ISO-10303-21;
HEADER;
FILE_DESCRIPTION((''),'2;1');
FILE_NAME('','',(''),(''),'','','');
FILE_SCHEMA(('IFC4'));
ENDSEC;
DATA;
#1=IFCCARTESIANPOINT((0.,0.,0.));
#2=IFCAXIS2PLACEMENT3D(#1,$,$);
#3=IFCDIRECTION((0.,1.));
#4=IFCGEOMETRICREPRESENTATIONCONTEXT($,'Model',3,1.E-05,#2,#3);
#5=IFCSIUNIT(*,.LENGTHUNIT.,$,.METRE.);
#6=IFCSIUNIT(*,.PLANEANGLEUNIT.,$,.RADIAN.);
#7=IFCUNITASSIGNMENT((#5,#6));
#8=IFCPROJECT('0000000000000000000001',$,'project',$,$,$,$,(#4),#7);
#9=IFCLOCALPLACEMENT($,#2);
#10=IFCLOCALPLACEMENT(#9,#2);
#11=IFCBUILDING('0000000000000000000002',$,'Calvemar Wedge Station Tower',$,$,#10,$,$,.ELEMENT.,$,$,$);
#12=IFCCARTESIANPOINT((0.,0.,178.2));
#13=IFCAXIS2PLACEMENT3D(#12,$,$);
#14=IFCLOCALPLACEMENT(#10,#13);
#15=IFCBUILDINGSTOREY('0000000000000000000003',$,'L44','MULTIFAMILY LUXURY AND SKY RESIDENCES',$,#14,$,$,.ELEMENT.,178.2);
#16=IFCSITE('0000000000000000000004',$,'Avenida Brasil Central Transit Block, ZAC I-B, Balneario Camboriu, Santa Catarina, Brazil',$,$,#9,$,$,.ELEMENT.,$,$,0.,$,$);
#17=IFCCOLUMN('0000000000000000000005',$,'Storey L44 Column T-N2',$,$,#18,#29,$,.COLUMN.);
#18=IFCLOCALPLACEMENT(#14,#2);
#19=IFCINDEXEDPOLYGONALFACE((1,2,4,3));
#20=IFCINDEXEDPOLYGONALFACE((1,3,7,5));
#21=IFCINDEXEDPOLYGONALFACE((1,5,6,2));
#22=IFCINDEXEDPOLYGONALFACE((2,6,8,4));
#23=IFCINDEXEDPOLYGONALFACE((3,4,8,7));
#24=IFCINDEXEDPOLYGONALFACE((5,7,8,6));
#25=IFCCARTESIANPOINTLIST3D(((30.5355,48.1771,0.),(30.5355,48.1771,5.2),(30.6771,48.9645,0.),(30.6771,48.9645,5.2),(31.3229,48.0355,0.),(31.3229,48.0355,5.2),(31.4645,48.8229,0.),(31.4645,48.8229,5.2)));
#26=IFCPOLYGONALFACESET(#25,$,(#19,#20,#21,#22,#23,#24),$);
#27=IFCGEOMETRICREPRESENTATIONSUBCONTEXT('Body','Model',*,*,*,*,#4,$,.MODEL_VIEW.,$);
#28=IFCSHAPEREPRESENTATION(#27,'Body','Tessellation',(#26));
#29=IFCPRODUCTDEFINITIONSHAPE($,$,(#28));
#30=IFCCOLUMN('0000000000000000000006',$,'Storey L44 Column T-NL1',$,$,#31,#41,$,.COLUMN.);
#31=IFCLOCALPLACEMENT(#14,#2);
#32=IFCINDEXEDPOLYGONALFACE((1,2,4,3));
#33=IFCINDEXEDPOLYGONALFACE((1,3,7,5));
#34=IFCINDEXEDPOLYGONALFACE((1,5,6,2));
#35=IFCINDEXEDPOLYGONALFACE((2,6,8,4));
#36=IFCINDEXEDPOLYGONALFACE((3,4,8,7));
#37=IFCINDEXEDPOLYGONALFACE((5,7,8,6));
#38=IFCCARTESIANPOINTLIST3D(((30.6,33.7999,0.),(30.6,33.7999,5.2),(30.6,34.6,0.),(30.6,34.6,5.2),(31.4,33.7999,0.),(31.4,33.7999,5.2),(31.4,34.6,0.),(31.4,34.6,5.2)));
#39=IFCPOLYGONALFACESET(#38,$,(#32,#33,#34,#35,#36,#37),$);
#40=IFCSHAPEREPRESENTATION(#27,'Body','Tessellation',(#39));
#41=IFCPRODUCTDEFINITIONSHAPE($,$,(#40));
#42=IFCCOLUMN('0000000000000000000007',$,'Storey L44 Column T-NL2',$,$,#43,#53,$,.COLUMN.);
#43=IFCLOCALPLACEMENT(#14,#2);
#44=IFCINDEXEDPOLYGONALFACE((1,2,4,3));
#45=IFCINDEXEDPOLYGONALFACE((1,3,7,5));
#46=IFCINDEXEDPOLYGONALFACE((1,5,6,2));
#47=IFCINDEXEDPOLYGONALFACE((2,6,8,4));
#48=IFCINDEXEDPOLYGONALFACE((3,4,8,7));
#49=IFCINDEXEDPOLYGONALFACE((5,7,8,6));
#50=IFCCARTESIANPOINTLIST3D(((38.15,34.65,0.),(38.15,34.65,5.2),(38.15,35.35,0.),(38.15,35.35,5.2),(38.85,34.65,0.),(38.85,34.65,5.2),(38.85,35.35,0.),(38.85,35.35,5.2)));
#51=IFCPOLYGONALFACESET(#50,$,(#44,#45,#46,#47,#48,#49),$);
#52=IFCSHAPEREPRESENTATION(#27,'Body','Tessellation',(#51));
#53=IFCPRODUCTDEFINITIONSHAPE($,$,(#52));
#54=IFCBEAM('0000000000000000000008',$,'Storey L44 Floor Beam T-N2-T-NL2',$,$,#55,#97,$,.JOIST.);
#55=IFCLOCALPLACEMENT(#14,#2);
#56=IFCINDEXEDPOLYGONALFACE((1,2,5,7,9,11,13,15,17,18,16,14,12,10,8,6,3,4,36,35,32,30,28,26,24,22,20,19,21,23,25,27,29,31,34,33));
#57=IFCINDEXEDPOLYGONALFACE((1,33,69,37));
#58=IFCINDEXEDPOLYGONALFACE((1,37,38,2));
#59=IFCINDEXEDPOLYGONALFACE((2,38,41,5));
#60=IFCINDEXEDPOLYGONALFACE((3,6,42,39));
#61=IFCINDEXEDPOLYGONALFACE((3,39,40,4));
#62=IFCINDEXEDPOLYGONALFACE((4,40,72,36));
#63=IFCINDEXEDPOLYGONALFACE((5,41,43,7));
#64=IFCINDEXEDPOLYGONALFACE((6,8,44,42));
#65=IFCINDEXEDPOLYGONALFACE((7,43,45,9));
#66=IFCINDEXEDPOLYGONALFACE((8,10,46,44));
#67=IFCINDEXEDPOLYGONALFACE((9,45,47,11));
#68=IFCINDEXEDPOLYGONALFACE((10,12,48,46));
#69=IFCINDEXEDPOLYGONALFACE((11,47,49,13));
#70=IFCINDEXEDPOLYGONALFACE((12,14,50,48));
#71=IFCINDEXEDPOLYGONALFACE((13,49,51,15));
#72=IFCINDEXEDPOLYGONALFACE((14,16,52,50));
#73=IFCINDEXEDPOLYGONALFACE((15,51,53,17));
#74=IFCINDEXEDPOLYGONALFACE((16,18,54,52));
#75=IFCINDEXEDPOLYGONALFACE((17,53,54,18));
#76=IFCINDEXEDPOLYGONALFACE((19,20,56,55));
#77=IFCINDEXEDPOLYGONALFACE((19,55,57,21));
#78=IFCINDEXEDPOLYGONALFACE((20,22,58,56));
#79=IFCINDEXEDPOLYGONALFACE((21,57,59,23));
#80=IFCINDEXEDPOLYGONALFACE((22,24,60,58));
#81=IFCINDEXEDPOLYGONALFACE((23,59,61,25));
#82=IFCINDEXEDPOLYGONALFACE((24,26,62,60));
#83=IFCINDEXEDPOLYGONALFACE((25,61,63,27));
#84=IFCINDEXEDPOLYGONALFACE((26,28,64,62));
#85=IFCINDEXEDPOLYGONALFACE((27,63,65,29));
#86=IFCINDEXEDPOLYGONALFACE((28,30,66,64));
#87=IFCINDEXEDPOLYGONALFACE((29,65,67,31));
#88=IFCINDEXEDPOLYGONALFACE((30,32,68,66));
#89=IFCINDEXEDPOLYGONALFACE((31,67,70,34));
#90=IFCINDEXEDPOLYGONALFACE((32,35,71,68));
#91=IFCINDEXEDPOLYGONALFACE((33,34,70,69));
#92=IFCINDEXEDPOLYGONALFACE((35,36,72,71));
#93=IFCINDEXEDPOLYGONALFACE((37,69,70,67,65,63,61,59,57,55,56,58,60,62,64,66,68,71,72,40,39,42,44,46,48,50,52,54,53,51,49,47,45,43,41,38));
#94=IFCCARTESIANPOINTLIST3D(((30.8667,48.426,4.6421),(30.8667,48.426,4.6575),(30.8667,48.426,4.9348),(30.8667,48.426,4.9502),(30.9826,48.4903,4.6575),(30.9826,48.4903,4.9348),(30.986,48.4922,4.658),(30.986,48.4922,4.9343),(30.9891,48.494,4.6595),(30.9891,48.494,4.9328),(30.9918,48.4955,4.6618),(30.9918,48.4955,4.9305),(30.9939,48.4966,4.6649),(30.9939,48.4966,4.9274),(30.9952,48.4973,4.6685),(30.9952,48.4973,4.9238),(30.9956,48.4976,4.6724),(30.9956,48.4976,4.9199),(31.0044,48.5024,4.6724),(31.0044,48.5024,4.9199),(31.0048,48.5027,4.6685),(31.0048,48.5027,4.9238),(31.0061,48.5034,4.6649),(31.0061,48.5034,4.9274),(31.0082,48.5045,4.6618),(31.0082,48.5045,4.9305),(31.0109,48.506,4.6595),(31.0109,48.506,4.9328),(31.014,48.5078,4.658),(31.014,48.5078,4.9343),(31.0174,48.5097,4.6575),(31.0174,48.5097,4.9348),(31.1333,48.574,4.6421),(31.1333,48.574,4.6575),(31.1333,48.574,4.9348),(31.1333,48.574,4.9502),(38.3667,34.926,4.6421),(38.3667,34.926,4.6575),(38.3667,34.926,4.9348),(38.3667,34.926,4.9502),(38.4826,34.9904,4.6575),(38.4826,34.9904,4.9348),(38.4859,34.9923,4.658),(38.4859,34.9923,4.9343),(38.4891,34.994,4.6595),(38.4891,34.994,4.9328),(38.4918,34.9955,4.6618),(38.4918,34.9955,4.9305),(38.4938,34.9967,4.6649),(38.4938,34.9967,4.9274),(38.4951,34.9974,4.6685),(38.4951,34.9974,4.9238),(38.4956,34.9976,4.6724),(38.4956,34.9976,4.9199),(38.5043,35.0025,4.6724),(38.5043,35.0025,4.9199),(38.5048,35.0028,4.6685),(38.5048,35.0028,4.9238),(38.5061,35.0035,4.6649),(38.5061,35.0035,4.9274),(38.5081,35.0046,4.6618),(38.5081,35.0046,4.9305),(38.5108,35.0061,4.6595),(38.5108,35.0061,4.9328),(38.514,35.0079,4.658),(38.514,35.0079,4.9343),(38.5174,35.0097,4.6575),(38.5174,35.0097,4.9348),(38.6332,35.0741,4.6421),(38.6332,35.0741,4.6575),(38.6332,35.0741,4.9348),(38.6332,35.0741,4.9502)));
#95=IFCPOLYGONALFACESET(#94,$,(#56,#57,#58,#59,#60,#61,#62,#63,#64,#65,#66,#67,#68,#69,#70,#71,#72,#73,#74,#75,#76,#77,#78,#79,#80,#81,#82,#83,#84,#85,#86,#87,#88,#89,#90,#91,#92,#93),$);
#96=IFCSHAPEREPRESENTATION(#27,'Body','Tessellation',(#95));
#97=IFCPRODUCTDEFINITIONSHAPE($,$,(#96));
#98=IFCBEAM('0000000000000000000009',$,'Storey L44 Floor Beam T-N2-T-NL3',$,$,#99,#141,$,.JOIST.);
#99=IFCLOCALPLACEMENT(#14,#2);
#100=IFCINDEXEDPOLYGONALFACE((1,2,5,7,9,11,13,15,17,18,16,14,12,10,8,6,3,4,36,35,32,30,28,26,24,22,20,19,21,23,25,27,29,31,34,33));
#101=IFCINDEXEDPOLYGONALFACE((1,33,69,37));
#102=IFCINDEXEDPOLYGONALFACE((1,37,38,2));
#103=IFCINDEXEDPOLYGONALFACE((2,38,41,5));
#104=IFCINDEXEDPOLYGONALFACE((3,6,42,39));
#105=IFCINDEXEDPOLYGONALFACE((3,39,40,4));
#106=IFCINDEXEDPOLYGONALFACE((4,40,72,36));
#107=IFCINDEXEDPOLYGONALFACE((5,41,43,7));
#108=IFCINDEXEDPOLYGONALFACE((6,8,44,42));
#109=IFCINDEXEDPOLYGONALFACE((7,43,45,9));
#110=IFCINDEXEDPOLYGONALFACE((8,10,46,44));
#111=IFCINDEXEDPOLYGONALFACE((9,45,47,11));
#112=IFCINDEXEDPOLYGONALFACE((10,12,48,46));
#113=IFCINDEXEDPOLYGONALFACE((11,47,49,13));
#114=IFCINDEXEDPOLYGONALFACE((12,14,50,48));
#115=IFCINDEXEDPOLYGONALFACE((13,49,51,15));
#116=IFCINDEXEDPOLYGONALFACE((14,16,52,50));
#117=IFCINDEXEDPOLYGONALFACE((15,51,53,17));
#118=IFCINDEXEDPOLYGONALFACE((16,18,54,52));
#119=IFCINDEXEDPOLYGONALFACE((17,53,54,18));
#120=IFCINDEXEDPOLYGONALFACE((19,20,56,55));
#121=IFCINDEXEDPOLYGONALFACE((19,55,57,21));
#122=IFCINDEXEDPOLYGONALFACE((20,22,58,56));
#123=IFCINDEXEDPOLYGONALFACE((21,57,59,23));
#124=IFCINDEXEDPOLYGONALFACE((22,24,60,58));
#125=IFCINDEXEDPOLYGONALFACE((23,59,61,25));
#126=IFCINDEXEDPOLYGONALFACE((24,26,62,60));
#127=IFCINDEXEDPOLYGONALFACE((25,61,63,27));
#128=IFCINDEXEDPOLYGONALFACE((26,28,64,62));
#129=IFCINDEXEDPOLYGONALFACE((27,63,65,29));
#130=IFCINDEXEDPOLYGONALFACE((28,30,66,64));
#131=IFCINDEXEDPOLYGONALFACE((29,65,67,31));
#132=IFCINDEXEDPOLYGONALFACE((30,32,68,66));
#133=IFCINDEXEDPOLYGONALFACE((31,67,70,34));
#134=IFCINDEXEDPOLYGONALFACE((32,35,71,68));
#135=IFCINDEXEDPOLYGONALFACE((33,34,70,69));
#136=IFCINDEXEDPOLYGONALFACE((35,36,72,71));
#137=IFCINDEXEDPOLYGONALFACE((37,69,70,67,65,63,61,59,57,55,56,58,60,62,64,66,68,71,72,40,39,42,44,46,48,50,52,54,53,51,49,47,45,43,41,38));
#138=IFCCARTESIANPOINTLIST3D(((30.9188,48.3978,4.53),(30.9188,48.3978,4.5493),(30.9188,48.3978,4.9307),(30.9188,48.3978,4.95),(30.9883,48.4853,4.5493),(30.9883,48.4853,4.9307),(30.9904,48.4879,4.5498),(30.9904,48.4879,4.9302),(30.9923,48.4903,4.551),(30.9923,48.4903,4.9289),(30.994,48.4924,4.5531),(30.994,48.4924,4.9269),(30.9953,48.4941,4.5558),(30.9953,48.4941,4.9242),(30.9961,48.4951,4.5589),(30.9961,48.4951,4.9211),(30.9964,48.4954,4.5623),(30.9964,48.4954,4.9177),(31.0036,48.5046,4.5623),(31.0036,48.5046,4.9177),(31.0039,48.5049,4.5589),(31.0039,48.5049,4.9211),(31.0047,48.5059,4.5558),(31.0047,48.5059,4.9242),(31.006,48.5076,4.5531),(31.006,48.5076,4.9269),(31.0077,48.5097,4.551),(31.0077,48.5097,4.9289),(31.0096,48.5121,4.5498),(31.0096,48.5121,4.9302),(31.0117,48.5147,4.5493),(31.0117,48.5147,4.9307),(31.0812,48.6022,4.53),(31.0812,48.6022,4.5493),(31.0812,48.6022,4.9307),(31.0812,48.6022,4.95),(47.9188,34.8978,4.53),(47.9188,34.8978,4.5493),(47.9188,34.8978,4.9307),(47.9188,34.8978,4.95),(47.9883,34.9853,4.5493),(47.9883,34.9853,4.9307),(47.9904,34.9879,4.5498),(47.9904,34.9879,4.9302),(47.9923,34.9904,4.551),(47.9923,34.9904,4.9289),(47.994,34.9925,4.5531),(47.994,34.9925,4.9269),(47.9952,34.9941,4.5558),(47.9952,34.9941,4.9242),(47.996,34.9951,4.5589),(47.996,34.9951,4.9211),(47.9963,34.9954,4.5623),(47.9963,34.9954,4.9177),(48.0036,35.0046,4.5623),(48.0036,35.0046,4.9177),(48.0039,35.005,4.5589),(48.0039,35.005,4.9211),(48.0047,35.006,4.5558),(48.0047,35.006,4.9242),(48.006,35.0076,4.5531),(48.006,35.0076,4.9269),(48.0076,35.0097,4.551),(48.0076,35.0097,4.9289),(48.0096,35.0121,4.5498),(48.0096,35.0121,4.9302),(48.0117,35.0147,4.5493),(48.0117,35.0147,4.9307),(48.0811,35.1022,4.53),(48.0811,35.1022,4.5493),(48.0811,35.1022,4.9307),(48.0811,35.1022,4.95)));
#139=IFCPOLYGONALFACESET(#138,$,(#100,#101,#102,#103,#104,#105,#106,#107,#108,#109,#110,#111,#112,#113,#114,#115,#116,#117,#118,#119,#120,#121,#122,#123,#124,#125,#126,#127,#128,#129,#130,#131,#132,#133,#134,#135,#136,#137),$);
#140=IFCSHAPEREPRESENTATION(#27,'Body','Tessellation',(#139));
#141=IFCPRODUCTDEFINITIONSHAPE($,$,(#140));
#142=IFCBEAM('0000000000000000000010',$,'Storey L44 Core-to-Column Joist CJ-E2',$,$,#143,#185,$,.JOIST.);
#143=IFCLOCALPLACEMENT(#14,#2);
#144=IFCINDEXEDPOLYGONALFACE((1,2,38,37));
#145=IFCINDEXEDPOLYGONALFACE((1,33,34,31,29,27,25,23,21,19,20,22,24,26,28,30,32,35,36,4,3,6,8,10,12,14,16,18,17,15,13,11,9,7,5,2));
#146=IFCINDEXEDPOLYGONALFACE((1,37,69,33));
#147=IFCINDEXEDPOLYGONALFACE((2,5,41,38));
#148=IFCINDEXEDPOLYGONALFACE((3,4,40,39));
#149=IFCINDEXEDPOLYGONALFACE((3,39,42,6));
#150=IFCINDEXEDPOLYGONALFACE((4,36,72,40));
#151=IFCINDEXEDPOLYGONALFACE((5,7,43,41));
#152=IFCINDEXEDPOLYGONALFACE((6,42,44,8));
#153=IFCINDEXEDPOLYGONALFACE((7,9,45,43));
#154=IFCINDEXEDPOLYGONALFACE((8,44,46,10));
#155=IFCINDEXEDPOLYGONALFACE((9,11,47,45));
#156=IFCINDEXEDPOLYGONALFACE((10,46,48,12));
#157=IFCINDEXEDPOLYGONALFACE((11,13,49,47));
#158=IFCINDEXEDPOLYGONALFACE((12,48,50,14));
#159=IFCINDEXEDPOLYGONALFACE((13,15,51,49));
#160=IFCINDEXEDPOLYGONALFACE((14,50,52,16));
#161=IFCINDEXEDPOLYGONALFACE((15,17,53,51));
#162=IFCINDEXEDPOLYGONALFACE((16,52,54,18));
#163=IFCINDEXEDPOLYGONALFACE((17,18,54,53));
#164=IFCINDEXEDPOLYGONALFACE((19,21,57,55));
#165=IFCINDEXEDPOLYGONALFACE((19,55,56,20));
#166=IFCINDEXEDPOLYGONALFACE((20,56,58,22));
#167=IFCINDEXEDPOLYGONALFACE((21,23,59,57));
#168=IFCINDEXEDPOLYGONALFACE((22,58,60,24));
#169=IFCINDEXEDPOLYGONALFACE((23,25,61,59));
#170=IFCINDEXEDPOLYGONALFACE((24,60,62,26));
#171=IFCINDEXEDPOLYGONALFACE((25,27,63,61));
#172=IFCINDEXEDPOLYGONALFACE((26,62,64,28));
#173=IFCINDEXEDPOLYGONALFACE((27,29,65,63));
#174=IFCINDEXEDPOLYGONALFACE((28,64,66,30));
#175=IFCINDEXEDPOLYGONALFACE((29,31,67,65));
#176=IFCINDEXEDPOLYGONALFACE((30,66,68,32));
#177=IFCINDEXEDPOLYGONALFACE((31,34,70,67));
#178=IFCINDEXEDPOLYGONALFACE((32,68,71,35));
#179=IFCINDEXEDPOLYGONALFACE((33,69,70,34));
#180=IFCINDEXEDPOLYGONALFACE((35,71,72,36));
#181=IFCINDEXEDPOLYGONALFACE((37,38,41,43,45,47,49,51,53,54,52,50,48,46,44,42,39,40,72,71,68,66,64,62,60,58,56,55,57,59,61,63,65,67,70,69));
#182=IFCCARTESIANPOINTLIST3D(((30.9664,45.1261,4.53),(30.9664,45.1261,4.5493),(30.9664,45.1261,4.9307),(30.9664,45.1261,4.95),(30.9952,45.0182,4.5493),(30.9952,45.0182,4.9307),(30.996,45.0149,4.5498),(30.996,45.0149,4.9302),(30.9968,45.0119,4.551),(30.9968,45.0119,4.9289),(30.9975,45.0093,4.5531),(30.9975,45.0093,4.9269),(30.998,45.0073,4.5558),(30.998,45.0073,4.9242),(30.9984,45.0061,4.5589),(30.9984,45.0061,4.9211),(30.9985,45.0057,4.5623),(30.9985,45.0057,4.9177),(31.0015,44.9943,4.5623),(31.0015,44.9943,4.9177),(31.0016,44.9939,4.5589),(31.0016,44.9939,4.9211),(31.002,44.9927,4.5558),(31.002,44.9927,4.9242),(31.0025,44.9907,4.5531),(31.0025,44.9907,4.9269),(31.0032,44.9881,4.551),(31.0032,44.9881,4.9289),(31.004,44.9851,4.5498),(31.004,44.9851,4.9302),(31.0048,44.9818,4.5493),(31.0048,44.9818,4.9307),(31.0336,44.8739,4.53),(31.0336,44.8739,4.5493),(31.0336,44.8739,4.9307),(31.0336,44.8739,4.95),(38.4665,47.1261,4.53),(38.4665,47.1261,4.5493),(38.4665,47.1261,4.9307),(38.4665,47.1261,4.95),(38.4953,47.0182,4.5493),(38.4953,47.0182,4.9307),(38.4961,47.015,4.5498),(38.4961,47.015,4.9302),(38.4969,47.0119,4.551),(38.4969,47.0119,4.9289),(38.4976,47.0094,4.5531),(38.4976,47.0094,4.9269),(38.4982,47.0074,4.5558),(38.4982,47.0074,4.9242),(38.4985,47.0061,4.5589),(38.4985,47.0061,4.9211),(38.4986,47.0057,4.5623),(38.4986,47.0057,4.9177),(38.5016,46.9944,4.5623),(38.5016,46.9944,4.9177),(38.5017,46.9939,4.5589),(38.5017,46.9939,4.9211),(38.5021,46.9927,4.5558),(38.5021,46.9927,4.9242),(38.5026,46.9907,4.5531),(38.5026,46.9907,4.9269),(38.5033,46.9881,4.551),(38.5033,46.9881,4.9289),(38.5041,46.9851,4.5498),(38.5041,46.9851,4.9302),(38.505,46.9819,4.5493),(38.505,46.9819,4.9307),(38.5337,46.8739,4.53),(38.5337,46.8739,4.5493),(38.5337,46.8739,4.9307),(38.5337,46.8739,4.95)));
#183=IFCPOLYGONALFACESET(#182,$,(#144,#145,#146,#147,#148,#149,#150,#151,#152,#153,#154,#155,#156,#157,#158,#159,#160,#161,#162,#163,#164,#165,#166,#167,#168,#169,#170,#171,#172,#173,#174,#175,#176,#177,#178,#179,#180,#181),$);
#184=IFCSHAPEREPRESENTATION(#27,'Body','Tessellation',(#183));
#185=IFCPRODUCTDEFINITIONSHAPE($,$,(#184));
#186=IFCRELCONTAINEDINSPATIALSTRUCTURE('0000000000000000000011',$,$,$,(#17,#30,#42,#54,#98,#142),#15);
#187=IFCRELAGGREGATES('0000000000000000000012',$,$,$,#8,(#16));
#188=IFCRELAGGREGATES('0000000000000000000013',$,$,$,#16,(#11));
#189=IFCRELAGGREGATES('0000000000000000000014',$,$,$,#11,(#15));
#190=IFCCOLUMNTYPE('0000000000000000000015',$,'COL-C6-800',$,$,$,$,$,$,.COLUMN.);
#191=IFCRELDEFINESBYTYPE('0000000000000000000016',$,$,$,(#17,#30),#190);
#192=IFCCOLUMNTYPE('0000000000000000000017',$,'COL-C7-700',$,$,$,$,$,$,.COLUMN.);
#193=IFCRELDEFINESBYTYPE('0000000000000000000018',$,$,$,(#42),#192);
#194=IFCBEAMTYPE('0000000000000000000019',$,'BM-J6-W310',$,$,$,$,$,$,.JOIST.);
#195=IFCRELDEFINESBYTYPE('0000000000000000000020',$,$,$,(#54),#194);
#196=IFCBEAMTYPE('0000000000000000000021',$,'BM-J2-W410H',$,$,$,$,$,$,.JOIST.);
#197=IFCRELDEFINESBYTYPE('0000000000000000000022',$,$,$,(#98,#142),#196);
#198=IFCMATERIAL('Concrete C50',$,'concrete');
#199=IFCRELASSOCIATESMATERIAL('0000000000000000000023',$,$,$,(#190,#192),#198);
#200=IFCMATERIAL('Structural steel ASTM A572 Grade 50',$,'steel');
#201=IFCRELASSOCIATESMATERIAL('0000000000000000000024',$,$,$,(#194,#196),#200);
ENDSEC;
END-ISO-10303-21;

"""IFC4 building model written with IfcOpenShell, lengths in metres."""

from ifc_helpers import new_model, si_unit, direction, frame, origin, origin_2d, place, context, subcontext, project, spatial, rectangle, i_section, extrude, source, transform, mapped, material, material_profile, profile_set, type_object, element, save


model = new_model("IFC4")

# Units and contexts
model_context = context("Model", 3, precision=1e-05, world=origin(), true_north=direction((0.0, 1.0)))
body_context = subcontext(model_context, "Body", "Model", "MODEL_VIEW")
ifc_project = project(units=[si_unit("LENGTHUNIT", "METRE"), si_unit("PLANEANGLEUNIT", "RADIAN")], contexts=[model_context])

# Site, building, storey
site_placement = place(None, origin())
site = spatial("IfcSite", under=ifc_project, at=site_placement, Name="Avenida Brasil Central Transit Block, ZAC I-B, Balneario Camboriu, Santa Catarina, Brazil", CompositionType="ELEMENT", RefElevation=0.0)
building_placement = place(site_placement, origin())
building = spatial("IfcBuilding", under=site, at=building_placement, Name="Calvemar Wedge Station Tower", CompositionType="ELEMENT")
storey_placement = place(building_placement, frame((0.0, 0.0, 178.2)))
storey = spatial("IfcBuildingStorey", under=building, at=storey_placement, Name="L44", Description="MULTIFAMILY LUXURY AND SKY RESIDENCES", CompositionType="ELEMENT", Elevation=178.2)

# Columns
ifc_material_1 = material(Name="Concrete C50", Category="concrete")
ifc_material_profile_1 = material_profile(ifc_material_1, rectangle(XDim=0.8, YDim=0.8, at=origin_2d()), Name="RC800x800")
ifc_profile_set_1 = profile_set([ifc_material_profile_1], Name="Concrete C50")
column_type_1 = type_object("IfcColumnType", Name="COL-C6-800", PredefinedType="COLUMN", material=ifc_profile_set_1)
shared_shape_1 = source(origin(), body_context, "Body", "SweptSolid", [
    extrude(rectangle(XDim=0.8, YDim=0.8, at=origin_2d()), origin(), (0.0, 0.0, 1.0), 5.2),
])
for number, where, z_axis, x_axis, name in (
    (1, (31.0, 48.5, 0.0), (0.0, 0.0, 1.0), (0.984196, -0.177085, 0.0), "Storey L44 Column T-N2"),
    (2, (31.0, 34.2, 0.0), (0.0, 0.0, 1.0), (1.0, 0.0, 0.0), "Storey L44 Column T-NL1"),
):
    element("IfcColumn", number, at=place(storey_placement, frame(where, z_axis=z_axis, x_axis=x_axis)), inside=storey, type_object=column_type_1, Name=name, PredefinedType="COLUMN", context=body_context, shape_type="MappedRepresentation", body=[
        mapped(shared_shape_1, transform((0.0, 0.0, 0.0), scale=1.0)),
    ])
ifc_material_profile_2 = material_profile(ifc_material_1, rectangle(XDim=0.7, YDim=0.7, at=origin_2d()), Name="RC700x700")
ifc_profile_set_2 = profile_set([ifc_material_profile_2], Name="Concrete C50")
column_type_2 = type_object("IfcColumnType", Name="COL-C7-700", PredefinedType="COLUMN", material=ifc_profile_set_2)
shared_shape_2 = source(origin(), body_context, "Body", "SweptSolid", [
    extrude(rectangle(XDim=0.7, YDim=0.7, at=origin_2d()), origin(), (0.0, 0.0, 1.0), 5.2),
])
column_placement = place(storey_placement, frame((38.5, 35.0, 0.0), z_axis=(0.0, 0.0, 1.0), x_axis=(1.0, 0.0, 0.0)))
element("IfcColumn", 3, at=column_placement, inside=storey, type_object=column_type_2, Name="Storey L44 Column T-NL2", PredefinedType="COLUMN", context=body_context, shape_type="MappedRepresentation", body=[
    mapped(shared_shape_2, transform((0.0, 0.0, 0.0), scale=1.0)),
])

# Beams
ifc_material_2 = material(Name="Structural steel ASTM A572 Grade 50", Category="steel")
ifc_material_profile_3 = material_profile(ifc_material_2, i_section(OverallWidth=0.3049, OverallDepth=0.3081, WebThickness=0.01, FlangeThickness=0.0154, FilletRadius=0.0149, at=origin_2d()), Name="W310x97")
ifc_profile_set_3 = profile_set([ifc_material_profile_3], Name="Structural steel ASTM A572 Grade 50")
beam_type_1 = type_object("IfcBeamType", Name="BM-J6-W310", PredefinedType="JOIST", material=ifc_profile_set_3)
shared_shape_3 = source(origin(), body_context, "Body", "SweptSolid", [
    extrude(i_section(OverallWidth=0.3049, OverallDepth=0.3081, WebThickness=0.01, FlangeThickness=0.0154, FilletRadius=0.0149, at=origin_2d()), origin(), (0.0, 0.0, 1.0), 15.4434),
])
beam_1_placement = place(storey_placement, frame((31.0, 48.5, 4.7961), z_axis=(0.485643, -0.874157, 0.0), x_axis=(0.874157, 0.485643, 0.0)))
element("IfcBeam", 4, at=beam_1_placement, inside=storey, type_object=beam_type_1, Name="Storey L44 Floor Beam T-N2-T-NL2", PredefinedType="JOIST", context=body_context, shape_type="MappedRepresentation", body=[
    mapped(shared_shape_3, transform((0.0, 0.0, 0.0), scale=1.0)),
])
ifc_material_profile_4 = material_profile(ifc_material_2, i_section(OverallWidth=0.261, OverallDepth=0.4199, WebThickness=0.0117, FlangeThickness=0.0193, FilletRadius=0.0129, at=origin_2d()), Name="W410x114")
ifc_profile_set_4 = profile_set([ifc_material_profile_4], Name="Structural steel ASTM A572 Grade 50")
beam_type_2 = type_object("IfcBeamType", Name="BM-J2-W410H", PredefinedType="JOIST", material=ifc_profile_set_4)
shared_shape_4 = source(origin(), body_context, "Body", "SweptSolid", [
    extrude(i_section(OverallWidth=0.261, OverallDepth=0.4199, WebThickness=0.0117, FlangeThickness=0.0193, FilletRadius=0.0129, at=origin_2d()), origin(), (0.0, 0.0, 1.0), 21.7083),
])
beam_2_placement = place(storey_placement, frame((31.0, 48.5, 4.74), z_axis=(0.783111, -0.621882, 0.0), x_axis=(0.621882, 0.783111, 0.0)))
element("IfcBeam", 5, at=beam_2_placement, inside=storey, type_object=beam_type_2, Name="Storey L44 Floor Beam T-N2-T-NL3", PredefinedType="JOIST", context=body_context, shape_type="MappedRepresentation", body=[
    mapped(shared_shape_4, transform((0.0, 0.0, 0.0), scale=1.0)),
])
shared_shape_5 = source(origin(), body_context, "Body", "SweptSolid", [
    extrude(i_section(OverallWidth=0.261, OverallDepth=0.4199, WebThickness=0.0117, FlangeThickness=0.0193, FilletRadius=0.0129, at=origin_2d()), origin(), (0.0, 0.0, 1.0), 7.7622),
])
beam_3_placement = place(storey_placement, frame((31.0, 45.0, 4.74), z_axis=(0.966235, 0.257663, 0.0), x_axis=(-0.257663, 0.966235, 0.0)))
element("IfcBeam", 6, at=beam_3_placement, inside=storey, type_object=beam_type_2, Name="Storey L44 Core-to-Column Joist CJ-E2", PredefinedType="JOIST", context=body_context, shape_type="MappedRepresentation", body=[
    mapped(shared_shape_5, transform((0.0, 0.0, 0.0), scale=1.0)),
])

save(model, "model.ifc")
